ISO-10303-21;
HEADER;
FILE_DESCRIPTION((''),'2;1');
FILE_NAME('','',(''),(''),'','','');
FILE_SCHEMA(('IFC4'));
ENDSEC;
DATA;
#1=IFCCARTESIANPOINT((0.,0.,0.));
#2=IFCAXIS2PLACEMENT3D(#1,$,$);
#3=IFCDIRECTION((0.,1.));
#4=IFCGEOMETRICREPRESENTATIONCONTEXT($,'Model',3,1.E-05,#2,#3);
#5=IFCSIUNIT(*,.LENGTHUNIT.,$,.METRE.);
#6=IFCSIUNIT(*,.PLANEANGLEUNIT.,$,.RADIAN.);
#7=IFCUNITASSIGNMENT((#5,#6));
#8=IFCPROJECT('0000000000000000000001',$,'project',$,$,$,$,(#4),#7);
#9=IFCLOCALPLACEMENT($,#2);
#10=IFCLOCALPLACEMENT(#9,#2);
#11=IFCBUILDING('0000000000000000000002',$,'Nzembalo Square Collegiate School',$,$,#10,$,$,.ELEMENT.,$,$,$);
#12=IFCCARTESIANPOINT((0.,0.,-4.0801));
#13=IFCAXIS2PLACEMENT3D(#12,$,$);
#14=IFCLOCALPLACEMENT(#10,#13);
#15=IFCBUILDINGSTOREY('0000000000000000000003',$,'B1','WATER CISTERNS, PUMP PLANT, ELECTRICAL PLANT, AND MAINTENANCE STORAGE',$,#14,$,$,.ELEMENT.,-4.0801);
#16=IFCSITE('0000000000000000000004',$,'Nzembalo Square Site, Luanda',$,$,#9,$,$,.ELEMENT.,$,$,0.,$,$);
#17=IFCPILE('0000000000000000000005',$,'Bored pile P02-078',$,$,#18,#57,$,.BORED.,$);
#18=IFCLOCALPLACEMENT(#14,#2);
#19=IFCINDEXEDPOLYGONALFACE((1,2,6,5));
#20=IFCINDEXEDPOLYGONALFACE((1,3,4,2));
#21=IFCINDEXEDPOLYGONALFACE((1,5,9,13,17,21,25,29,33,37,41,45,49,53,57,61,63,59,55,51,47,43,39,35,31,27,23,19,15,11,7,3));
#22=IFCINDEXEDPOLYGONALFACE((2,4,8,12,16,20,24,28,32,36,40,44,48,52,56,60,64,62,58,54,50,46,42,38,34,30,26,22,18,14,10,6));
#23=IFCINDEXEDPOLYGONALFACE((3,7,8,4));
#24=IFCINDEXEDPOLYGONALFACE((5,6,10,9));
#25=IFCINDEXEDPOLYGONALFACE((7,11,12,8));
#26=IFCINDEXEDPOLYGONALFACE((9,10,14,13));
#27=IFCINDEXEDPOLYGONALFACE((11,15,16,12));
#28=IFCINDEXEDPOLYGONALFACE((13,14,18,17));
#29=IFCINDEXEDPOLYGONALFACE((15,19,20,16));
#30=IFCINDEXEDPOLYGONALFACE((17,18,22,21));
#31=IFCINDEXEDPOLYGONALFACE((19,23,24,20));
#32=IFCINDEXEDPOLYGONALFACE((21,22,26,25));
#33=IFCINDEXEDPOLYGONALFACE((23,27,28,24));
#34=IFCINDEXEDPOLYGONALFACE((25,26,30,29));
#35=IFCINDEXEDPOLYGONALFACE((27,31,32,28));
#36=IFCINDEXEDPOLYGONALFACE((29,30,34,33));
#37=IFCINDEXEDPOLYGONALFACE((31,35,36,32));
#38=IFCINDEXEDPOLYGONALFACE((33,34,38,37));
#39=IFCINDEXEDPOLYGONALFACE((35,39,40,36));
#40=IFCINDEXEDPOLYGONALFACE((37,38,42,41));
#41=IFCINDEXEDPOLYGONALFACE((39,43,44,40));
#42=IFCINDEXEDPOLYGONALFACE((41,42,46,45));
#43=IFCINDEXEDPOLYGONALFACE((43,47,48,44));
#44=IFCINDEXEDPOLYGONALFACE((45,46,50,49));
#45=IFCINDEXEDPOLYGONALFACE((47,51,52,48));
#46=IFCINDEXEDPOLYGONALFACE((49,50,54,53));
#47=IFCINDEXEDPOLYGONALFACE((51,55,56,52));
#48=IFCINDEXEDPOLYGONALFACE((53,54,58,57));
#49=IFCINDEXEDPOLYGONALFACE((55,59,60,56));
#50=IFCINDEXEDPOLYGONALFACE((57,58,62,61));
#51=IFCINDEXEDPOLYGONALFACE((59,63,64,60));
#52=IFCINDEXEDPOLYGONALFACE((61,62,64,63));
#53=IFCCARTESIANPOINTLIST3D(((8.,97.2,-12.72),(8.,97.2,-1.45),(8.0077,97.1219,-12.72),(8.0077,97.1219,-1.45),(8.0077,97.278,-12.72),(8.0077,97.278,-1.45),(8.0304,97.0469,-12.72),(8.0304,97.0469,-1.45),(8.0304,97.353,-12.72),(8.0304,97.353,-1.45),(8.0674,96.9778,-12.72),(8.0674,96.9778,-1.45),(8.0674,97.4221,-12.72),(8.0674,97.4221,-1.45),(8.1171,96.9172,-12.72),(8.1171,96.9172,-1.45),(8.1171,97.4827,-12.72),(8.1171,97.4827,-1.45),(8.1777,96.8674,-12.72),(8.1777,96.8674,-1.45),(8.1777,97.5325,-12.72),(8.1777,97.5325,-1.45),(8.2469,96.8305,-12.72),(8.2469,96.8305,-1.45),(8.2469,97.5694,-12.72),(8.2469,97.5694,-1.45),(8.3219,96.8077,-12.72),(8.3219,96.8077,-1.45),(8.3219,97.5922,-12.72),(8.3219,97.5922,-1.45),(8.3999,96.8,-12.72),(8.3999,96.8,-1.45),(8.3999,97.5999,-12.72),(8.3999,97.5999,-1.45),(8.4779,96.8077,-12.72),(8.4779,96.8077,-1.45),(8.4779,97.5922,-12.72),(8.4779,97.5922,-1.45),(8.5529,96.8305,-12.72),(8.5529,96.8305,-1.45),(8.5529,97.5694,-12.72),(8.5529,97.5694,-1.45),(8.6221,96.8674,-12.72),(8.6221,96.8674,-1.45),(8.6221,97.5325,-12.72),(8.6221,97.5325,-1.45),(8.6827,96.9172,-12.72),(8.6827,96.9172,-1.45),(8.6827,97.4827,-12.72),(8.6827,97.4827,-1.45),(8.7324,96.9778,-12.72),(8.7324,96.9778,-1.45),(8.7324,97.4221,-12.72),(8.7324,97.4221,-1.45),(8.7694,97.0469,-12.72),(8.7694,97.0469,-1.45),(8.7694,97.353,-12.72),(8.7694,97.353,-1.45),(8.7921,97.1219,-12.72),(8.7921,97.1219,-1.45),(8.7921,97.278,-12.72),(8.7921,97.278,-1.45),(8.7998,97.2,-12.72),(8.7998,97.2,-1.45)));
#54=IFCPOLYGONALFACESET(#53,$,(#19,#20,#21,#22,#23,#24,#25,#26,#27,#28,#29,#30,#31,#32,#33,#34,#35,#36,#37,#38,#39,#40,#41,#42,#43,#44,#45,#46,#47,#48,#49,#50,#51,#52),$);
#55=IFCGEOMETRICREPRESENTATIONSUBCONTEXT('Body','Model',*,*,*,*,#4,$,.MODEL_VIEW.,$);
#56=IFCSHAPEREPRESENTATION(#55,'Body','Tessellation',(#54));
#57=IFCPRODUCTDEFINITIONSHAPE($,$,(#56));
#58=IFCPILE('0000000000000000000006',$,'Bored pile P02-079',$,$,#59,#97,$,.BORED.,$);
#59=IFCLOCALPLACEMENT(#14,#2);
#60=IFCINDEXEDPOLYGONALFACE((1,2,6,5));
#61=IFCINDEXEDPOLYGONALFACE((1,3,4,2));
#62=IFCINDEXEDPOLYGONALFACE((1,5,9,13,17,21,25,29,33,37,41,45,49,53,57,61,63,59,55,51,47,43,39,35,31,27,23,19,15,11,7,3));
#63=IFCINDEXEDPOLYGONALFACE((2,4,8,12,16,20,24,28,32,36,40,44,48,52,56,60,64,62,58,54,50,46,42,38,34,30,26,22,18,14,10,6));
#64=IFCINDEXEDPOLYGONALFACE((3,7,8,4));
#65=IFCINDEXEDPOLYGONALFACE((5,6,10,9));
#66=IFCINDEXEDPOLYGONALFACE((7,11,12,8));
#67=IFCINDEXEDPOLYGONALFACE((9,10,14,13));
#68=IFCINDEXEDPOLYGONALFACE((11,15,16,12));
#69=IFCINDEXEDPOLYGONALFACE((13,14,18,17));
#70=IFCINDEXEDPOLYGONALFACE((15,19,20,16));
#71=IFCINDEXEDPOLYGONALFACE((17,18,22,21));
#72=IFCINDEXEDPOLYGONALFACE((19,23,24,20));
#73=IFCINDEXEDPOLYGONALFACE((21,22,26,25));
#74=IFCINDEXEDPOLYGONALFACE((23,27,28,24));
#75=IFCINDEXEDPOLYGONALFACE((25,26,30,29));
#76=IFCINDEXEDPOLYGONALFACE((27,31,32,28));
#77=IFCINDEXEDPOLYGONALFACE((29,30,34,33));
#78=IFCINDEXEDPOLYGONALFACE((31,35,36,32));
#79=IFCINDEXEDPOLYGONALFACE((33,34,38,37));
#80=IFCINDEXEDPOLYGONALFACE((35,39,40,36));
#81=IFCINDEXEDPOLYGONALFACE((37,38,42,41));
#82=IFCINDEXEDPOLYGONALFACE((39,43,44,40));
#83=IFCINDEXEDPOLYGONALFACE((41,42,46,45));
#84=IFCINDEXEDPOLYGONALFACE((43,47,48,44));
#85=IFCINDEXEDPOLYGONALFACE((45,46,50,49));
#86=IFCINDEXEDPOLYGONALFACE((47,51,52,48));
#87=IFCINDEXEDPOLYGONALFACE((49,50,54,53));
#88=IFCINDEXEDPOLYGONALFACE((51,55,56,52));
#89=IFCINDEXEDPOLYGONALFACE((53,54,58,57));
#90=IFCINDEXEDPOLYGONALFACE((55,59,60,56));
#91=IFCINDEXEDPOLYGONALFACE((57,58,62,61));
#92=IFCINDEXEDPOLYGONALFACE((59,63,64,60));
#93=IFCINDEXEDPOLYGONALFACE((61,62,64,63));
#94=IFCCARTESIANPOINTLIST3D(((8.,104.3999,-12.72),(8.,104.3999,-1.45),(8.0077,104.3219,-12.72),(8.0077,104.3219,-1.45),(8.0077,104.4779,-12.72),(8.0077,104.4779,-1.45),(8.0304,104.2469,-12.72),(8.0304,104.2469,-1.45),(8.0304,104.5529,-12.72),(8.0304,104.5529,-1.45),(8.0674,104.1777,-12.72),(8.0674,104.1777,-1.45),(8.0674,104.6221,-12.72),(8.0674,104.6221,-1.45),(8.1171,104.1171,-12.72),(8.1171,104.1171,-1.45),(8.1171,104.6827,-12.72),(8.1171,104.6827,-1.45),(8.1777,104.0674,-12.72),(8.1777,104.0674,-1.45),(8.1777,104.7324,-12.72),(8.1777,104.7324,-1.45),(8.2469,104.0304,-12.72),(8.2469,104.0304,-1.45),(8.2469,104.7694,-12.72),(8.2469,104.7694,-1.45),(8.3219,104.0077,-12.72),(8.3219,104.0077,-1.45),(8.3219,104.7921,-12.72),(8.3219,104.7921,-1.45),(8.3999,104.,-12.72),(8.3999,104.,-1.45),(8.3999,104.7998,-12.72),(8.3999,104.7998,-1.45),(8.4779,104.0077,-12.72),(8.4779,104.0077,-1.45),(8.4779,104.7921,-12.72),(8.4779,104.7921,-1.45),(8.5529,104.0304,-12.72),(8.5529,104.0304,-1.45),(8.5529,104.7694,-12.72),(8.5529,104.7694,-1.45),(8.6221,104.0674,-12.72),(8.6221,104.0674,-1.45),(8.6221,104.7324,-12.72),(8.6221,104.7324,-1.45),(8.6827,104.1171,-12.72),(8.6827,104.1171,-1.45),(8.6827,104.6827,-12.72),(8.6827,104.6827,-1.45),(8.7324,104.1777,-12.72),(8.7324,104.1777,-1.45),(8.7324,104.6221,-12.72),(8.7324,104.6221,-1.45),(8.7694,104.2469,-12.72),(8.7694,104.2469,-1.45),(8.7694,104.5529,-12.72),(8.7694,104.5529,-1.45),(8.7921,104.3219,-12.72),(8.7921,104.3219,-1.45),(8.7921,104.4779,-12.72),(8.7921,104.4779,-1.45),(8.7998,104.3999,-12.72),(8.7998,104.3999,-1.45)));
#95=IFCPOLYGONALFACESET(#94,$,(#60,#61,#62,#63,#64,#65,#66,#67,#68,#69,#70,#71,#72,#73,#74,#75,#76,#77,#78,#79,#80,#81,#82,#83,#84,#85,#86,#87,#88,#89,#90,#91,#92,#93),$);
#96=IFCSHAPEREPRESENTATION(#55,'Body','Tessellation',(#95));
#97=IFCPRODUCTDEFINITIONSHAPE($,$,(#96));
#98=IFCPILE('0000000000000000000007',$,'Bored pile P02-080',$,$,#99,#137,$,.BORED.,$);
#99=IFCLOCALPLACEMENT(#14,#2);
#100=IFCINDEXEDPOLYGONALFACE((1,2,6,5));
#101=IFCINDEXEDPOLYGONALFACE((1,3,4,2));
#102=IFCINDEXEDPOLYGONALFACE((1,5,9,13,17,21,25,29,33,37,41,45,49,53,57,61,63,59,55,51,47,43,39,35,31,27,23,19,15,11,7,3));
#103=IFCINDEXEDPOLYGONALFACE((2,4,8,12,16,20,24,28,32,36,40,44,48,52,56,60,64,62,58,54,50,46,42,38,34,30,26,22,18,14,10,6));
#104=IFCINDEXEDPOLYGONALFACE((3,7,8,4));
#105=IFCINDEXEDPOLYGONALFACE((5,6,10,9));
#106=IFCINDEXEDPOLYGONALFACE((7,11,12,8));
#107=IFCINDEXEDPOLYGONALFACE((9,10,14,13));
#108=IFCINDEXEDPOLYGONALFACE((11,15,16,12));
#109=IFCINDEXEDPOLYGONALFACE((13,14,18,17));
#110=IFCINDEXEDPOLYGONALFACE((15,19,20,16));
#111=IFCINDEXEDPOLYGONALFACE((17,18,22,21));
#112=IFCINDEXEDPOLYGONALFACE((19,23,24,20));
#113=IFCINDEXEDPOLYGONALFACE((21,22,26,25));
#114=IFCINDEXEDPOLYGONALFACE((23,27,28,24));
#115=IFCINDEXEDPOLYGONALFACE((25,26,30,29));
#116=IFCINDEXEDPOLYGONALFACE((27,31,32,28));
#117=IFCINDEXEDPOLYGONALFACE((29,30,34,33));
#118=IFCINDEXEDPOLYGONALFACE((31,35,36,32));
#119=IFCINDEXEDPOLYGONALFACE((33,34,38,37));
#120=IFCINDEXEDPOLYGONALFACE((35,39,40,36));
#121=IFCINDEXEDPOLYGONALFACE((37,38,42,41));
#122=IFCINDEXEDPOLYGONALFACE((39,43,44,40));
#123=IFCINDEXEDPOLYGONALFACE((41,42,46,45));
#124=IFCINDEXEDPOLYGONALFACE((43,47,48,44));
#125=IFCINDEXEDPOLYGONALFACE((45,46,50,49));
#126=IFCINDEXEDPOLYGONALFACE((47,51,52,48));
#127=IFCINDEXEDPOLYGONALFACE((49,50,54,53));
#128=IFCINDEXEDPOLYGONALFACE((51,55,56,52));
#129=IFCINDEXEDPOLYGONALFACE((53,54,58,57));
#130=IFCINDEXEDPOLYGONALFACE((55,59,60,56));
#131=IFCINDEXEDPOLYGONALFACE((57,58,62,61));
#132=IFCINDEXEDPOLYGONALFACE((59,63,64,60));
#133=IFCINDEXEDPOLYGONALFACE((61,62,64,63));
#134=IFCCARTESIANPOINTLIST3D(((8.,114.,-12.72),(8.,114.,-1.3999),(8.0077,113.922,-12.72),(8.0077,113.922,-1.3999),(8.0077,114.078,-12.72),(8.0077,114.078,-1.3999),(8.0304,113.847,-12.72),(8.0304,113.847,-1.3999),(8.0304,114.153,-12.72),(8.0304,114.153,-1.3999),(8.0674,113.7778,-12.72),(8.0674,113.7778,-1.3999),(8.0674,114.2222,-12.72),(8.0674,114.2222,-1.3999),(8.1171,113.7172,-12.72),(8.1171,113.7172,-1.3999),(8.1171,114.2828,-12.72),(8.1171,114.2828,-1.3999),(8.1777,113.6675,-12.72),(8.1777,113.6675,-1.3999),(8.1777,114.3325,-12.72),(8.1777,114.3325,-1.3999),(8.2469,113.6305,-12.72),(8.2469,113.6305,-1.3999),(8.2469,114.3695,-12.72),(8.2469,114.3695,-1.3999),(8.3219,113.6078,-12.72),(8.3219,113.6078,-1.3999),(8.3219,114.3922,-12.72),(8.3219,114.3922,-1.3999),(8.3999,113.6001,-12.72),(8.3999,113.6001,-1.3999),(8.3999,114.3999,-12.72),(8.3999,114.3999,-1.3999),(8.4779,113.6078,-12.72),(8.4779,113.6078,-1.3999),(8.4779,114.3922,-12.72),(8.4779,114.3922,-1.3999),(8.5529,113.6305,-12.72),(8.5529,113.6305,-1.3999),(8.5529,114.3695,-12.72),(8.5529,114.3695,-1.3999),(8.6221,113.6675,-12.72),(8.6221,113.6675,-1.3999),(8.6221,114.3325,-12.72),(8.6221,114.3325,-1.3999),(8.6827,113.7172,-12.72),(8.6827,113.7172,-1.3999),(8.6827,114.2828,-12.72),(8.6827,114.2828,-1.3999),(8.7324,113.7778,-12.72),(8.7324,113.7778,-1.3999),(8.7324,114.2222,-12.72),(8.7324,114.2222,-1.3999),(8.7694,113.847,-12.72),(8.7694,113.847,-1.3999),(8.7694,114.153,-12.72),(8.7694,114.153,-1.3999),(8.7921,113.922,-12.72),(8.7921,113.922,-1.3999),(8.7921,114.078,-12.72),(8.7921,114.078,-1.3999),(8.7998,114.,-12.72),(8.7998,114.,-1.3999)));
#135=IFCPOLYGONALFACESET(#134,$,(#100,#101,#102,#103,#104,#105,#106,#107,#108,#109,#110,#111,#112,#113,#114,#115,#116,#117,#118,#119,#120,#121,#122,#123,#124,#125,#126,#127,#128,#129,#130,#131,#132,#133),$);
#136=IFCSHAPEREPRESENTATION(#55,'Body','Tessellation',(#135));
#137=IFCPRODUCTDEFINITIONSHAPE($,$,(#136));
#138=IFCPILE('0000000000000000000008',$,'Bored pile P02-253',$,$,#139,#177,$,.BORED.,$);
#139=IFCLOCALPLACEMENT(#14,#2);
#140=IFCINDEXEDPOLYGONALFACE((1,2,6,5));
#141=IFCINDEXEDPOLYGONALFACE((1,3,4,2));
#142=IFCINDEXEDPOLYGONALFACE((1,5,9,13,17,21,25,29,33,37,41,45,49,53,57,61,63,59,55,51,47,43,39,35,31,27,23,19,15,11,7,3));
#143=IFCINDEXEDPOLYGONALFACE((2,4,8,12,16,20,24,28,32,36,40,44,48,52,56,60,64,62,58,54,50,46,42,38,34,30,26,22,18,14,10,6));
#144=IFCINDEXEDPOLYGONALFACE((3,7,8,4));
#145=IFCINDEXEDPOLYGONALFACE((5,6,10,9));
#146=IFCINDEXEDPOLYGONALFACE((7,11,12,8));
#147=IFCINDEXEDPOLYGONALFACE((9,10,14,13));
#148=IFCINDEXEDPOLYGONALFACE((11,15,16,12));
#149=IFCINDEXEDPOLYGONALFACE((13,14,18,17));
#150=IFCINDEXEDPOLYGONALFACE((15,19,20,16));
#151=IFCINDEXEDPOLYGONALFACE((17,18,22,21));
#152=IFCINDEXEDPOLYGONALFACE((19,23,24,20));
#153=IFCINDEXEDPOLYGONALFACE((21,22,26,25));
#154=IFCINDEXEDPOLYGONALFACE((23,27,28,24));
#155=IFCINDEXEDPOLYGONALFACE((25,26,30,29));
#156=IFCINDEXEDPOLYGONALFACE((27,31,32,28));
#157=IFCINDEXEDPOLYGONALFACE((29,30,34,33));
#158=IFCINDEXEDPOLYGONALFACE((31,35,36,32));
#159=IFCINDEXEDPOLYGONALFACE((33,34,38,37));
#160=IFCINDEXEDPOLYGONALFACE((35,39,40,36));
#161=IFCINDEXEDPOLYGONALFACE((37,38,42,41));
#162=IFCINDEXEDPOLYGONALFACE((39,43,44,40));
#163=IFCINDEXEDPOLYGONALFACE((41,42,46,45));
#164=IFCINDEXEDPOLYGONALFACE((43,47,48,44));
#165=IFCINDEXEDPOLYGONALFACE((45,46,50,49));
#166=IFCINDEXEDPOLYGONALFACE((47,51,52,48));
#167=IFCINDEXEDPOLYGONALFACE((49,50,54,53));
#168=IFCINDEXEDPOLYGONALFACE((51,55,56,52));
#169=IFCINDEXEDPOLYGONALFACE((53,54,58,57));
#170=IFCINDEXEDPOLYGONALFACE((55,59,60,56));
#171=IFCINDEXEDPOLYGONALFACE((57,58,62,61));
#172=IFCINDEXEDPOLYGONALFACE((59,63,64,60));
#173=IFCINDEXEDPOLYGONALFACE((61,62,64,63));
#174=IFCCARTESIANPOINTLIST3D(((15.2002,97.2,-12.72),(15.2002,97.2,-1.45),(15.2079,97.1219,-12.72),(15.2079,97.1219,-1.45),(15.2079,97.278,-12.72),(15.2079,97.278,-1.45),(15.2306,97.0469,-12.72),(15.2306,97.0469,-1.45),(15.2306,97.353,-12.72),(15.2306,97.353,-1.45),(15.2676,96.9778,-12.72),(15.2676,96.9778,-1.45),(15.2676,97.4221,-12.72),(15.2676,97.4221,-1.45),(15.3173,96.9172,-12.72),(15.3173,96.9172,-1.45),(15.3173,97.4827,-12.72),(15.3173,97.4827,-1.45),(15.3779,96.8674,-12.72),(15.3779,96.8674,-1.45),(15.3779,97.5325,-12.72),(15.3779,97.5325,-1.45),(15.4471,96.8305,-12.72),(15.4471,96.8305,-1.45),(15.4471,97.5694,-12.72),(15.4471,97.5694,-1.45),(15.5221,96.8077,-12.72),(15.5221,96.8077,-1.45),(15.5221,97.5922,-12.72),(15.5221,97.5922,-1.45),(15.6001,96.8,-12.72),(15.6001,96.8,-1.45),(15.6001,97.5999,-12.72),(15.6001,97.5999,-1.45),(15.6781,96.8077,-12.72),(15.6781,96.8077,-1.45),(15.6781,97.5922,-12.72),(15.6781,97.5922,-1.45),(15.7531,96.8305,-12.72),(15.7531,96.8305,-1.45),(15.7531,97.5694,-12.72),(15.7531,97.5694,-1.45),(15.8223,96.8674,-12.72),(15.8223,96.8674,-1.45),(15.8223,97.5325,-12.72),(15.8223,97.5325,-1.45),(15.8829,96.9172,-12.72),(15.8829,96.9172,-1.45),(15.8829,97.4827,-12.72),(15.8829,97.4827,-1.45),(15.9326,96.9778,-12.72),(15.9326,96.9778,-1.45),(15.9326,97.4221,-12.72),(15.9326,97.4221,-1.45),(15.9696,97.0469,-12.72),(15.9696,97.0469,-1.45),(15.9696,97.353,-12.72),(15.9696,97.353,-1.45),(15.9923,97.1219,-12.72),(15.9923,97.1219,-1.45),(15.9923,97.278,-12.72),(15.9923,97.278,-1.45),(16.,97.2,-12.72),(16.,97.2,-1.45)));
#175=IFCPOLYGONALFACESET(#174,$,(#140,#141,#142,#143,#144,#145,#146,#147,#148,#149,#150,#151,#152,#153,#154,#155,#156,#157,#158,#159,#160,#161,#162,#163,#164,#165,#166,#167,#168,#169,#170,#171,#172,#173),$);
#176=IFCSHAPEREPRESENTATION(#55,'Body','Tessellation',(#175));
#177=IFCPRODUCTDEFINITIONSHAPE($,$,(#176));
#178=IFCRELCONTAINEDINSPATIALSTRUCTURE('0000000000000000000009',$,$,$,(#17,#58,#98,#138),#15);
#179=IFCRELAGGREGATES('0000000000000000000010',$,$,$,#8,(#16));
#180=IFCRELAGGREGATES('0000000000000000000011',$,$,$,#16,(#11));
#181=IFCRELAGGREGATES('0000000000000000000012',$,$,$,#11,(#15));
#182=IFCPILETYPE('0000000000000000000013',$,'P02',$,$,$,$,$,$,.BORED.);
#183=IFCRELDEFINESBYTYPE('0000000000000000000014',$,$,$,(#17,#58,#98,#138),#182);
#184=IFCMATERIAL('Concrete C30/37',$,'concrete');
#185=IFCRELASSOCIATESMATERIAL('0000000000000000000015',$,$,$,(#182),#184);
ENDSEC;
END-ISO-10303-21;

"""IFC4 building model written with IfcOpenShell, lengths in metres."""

from ifc_helpers import new_model, si_unit, direction, frame, origin, origin_2d, place, context, subcontext, project, spatial, circle, extrude, material, material_profile, profile_set, type_object, element, save


model = new_model("IFC4")

# Units and contexts
model_context = context("Model", 3, precision=1e-05, world=origin(), true_north=direction((0.0, 1.0)))
body_context = subcontext(model_context, "Body", "Model", "MODEL_VIEW")
ifc_project = project(units=[si_unit("LENGTHUNIT", "METRE"), si_unit("PLANEANGLEUNIT", "RADIAN")], contexts=[model_context])

# Site, building, storey
site_placement = place(None, origin())
site = spatial("IfcSite", under=ifc_project, at=site_placement, Name="Nzembalo Square Site, Luanda", CompositionType="ELEMENT", RefElevation=0.0)
building_placement = place(site_placement, origin())
building = spatial("IfcBuilding", under=site, at=building_placement, Name="Nzembalo Square Collegiate School", CompositionType="ELEMENT")
storey_placement = place(building_placement, frame((0.0, 0.0, -4.0801)))
storey = spatial("IfcBuildingStorey", under=building, at=storey_placement, Name="B1", Description="WATER CISTERNS, PUMP PLANT, ELECTRICAL PLANT, AND MAINTENANCE STORAGE", CompositionType="ELEMENT", Elevation=-4.0801)

# Piles
ifc_material_1 = material(Name="Concrete C30/37", Category="concrete")
ifc_material_profile_1 = material_profile(ifc_material_1, circle(Radius=0.3999, at=origin_2d()), Name="PILE D800")
ifc_profile_set_1 = profile_set([ifc_material_profile_1], Name="Concrete C30/37")
pile_type = type_object("IfcPileType", Name="P02", PredefinedType="BORED", material=ifc_profile_set_1)
for number, where, z_axis, x_axis, name in (
    (1, (8.3999, 97.2, -1.45), (0.0, 0.0, -1.0), (1.0, 0.0, 0.0), "Bored pile P02-078"),
    (2, (8.3999, 104.3999, -1.45), (0.0, 0.0, -1.0), (1.0, 0.0, 0.0), "Bored pile P02-079"),
):
    element("IfcPile", number, at=place(storey_placement, frame(where, z_axis=z_axis, x_axis=x_axis)), inside=storey, type_object=pile_type, Name=name, PredefinedType="BORED", context=body_context, shape_type="SweptSolid", body=[
        extrude(circle(Radius=0.3999, at=origin_2d()), origin(), (0.0, 0.0, 1.0), 11.27),
    ])
pile_placement = place(storey_placement, frame((8.3999, 114.0, -1.3999), z_axis=(0.0, 0.0, -1.0), x_axis=(1.0, 0.0, 0.0)))
element("IfcPile", 3, at=pile_placement, inside=storey, type_object=pile_type, Name="Bored pile P02-080", PredefinedType="BORED", context=body_context, shape_type="SweptSolid", body=[
    extrude(circle(Radius=0.3999, at=origin_2d()), origin(), (0.0, 0.0, 1.0), 11.3201),
])
for number, where, z_axis, x_axis, name in (
    (4, (15.6001, 97.2, -1.45), (0.0, 0.0, -1.0), (1.0, 0.0, 0.0), "Bored pile P02-253"),
):
    element("IfcPile", number, at=place(storey_placement, frame(where, z_axis=z_axis, x_axis=x_axis)), inside=storey, type_object=pile_type, Name=name, PredefinedType="BORED", context=body_context, shape_type="SweptSolid", body=[
        extrude(circle(Radius=0.3999, at=origin_2d()), origin(), (0.0, 0.0, 1.0), 11.27),
    ])

save(model, "model.ifc")
